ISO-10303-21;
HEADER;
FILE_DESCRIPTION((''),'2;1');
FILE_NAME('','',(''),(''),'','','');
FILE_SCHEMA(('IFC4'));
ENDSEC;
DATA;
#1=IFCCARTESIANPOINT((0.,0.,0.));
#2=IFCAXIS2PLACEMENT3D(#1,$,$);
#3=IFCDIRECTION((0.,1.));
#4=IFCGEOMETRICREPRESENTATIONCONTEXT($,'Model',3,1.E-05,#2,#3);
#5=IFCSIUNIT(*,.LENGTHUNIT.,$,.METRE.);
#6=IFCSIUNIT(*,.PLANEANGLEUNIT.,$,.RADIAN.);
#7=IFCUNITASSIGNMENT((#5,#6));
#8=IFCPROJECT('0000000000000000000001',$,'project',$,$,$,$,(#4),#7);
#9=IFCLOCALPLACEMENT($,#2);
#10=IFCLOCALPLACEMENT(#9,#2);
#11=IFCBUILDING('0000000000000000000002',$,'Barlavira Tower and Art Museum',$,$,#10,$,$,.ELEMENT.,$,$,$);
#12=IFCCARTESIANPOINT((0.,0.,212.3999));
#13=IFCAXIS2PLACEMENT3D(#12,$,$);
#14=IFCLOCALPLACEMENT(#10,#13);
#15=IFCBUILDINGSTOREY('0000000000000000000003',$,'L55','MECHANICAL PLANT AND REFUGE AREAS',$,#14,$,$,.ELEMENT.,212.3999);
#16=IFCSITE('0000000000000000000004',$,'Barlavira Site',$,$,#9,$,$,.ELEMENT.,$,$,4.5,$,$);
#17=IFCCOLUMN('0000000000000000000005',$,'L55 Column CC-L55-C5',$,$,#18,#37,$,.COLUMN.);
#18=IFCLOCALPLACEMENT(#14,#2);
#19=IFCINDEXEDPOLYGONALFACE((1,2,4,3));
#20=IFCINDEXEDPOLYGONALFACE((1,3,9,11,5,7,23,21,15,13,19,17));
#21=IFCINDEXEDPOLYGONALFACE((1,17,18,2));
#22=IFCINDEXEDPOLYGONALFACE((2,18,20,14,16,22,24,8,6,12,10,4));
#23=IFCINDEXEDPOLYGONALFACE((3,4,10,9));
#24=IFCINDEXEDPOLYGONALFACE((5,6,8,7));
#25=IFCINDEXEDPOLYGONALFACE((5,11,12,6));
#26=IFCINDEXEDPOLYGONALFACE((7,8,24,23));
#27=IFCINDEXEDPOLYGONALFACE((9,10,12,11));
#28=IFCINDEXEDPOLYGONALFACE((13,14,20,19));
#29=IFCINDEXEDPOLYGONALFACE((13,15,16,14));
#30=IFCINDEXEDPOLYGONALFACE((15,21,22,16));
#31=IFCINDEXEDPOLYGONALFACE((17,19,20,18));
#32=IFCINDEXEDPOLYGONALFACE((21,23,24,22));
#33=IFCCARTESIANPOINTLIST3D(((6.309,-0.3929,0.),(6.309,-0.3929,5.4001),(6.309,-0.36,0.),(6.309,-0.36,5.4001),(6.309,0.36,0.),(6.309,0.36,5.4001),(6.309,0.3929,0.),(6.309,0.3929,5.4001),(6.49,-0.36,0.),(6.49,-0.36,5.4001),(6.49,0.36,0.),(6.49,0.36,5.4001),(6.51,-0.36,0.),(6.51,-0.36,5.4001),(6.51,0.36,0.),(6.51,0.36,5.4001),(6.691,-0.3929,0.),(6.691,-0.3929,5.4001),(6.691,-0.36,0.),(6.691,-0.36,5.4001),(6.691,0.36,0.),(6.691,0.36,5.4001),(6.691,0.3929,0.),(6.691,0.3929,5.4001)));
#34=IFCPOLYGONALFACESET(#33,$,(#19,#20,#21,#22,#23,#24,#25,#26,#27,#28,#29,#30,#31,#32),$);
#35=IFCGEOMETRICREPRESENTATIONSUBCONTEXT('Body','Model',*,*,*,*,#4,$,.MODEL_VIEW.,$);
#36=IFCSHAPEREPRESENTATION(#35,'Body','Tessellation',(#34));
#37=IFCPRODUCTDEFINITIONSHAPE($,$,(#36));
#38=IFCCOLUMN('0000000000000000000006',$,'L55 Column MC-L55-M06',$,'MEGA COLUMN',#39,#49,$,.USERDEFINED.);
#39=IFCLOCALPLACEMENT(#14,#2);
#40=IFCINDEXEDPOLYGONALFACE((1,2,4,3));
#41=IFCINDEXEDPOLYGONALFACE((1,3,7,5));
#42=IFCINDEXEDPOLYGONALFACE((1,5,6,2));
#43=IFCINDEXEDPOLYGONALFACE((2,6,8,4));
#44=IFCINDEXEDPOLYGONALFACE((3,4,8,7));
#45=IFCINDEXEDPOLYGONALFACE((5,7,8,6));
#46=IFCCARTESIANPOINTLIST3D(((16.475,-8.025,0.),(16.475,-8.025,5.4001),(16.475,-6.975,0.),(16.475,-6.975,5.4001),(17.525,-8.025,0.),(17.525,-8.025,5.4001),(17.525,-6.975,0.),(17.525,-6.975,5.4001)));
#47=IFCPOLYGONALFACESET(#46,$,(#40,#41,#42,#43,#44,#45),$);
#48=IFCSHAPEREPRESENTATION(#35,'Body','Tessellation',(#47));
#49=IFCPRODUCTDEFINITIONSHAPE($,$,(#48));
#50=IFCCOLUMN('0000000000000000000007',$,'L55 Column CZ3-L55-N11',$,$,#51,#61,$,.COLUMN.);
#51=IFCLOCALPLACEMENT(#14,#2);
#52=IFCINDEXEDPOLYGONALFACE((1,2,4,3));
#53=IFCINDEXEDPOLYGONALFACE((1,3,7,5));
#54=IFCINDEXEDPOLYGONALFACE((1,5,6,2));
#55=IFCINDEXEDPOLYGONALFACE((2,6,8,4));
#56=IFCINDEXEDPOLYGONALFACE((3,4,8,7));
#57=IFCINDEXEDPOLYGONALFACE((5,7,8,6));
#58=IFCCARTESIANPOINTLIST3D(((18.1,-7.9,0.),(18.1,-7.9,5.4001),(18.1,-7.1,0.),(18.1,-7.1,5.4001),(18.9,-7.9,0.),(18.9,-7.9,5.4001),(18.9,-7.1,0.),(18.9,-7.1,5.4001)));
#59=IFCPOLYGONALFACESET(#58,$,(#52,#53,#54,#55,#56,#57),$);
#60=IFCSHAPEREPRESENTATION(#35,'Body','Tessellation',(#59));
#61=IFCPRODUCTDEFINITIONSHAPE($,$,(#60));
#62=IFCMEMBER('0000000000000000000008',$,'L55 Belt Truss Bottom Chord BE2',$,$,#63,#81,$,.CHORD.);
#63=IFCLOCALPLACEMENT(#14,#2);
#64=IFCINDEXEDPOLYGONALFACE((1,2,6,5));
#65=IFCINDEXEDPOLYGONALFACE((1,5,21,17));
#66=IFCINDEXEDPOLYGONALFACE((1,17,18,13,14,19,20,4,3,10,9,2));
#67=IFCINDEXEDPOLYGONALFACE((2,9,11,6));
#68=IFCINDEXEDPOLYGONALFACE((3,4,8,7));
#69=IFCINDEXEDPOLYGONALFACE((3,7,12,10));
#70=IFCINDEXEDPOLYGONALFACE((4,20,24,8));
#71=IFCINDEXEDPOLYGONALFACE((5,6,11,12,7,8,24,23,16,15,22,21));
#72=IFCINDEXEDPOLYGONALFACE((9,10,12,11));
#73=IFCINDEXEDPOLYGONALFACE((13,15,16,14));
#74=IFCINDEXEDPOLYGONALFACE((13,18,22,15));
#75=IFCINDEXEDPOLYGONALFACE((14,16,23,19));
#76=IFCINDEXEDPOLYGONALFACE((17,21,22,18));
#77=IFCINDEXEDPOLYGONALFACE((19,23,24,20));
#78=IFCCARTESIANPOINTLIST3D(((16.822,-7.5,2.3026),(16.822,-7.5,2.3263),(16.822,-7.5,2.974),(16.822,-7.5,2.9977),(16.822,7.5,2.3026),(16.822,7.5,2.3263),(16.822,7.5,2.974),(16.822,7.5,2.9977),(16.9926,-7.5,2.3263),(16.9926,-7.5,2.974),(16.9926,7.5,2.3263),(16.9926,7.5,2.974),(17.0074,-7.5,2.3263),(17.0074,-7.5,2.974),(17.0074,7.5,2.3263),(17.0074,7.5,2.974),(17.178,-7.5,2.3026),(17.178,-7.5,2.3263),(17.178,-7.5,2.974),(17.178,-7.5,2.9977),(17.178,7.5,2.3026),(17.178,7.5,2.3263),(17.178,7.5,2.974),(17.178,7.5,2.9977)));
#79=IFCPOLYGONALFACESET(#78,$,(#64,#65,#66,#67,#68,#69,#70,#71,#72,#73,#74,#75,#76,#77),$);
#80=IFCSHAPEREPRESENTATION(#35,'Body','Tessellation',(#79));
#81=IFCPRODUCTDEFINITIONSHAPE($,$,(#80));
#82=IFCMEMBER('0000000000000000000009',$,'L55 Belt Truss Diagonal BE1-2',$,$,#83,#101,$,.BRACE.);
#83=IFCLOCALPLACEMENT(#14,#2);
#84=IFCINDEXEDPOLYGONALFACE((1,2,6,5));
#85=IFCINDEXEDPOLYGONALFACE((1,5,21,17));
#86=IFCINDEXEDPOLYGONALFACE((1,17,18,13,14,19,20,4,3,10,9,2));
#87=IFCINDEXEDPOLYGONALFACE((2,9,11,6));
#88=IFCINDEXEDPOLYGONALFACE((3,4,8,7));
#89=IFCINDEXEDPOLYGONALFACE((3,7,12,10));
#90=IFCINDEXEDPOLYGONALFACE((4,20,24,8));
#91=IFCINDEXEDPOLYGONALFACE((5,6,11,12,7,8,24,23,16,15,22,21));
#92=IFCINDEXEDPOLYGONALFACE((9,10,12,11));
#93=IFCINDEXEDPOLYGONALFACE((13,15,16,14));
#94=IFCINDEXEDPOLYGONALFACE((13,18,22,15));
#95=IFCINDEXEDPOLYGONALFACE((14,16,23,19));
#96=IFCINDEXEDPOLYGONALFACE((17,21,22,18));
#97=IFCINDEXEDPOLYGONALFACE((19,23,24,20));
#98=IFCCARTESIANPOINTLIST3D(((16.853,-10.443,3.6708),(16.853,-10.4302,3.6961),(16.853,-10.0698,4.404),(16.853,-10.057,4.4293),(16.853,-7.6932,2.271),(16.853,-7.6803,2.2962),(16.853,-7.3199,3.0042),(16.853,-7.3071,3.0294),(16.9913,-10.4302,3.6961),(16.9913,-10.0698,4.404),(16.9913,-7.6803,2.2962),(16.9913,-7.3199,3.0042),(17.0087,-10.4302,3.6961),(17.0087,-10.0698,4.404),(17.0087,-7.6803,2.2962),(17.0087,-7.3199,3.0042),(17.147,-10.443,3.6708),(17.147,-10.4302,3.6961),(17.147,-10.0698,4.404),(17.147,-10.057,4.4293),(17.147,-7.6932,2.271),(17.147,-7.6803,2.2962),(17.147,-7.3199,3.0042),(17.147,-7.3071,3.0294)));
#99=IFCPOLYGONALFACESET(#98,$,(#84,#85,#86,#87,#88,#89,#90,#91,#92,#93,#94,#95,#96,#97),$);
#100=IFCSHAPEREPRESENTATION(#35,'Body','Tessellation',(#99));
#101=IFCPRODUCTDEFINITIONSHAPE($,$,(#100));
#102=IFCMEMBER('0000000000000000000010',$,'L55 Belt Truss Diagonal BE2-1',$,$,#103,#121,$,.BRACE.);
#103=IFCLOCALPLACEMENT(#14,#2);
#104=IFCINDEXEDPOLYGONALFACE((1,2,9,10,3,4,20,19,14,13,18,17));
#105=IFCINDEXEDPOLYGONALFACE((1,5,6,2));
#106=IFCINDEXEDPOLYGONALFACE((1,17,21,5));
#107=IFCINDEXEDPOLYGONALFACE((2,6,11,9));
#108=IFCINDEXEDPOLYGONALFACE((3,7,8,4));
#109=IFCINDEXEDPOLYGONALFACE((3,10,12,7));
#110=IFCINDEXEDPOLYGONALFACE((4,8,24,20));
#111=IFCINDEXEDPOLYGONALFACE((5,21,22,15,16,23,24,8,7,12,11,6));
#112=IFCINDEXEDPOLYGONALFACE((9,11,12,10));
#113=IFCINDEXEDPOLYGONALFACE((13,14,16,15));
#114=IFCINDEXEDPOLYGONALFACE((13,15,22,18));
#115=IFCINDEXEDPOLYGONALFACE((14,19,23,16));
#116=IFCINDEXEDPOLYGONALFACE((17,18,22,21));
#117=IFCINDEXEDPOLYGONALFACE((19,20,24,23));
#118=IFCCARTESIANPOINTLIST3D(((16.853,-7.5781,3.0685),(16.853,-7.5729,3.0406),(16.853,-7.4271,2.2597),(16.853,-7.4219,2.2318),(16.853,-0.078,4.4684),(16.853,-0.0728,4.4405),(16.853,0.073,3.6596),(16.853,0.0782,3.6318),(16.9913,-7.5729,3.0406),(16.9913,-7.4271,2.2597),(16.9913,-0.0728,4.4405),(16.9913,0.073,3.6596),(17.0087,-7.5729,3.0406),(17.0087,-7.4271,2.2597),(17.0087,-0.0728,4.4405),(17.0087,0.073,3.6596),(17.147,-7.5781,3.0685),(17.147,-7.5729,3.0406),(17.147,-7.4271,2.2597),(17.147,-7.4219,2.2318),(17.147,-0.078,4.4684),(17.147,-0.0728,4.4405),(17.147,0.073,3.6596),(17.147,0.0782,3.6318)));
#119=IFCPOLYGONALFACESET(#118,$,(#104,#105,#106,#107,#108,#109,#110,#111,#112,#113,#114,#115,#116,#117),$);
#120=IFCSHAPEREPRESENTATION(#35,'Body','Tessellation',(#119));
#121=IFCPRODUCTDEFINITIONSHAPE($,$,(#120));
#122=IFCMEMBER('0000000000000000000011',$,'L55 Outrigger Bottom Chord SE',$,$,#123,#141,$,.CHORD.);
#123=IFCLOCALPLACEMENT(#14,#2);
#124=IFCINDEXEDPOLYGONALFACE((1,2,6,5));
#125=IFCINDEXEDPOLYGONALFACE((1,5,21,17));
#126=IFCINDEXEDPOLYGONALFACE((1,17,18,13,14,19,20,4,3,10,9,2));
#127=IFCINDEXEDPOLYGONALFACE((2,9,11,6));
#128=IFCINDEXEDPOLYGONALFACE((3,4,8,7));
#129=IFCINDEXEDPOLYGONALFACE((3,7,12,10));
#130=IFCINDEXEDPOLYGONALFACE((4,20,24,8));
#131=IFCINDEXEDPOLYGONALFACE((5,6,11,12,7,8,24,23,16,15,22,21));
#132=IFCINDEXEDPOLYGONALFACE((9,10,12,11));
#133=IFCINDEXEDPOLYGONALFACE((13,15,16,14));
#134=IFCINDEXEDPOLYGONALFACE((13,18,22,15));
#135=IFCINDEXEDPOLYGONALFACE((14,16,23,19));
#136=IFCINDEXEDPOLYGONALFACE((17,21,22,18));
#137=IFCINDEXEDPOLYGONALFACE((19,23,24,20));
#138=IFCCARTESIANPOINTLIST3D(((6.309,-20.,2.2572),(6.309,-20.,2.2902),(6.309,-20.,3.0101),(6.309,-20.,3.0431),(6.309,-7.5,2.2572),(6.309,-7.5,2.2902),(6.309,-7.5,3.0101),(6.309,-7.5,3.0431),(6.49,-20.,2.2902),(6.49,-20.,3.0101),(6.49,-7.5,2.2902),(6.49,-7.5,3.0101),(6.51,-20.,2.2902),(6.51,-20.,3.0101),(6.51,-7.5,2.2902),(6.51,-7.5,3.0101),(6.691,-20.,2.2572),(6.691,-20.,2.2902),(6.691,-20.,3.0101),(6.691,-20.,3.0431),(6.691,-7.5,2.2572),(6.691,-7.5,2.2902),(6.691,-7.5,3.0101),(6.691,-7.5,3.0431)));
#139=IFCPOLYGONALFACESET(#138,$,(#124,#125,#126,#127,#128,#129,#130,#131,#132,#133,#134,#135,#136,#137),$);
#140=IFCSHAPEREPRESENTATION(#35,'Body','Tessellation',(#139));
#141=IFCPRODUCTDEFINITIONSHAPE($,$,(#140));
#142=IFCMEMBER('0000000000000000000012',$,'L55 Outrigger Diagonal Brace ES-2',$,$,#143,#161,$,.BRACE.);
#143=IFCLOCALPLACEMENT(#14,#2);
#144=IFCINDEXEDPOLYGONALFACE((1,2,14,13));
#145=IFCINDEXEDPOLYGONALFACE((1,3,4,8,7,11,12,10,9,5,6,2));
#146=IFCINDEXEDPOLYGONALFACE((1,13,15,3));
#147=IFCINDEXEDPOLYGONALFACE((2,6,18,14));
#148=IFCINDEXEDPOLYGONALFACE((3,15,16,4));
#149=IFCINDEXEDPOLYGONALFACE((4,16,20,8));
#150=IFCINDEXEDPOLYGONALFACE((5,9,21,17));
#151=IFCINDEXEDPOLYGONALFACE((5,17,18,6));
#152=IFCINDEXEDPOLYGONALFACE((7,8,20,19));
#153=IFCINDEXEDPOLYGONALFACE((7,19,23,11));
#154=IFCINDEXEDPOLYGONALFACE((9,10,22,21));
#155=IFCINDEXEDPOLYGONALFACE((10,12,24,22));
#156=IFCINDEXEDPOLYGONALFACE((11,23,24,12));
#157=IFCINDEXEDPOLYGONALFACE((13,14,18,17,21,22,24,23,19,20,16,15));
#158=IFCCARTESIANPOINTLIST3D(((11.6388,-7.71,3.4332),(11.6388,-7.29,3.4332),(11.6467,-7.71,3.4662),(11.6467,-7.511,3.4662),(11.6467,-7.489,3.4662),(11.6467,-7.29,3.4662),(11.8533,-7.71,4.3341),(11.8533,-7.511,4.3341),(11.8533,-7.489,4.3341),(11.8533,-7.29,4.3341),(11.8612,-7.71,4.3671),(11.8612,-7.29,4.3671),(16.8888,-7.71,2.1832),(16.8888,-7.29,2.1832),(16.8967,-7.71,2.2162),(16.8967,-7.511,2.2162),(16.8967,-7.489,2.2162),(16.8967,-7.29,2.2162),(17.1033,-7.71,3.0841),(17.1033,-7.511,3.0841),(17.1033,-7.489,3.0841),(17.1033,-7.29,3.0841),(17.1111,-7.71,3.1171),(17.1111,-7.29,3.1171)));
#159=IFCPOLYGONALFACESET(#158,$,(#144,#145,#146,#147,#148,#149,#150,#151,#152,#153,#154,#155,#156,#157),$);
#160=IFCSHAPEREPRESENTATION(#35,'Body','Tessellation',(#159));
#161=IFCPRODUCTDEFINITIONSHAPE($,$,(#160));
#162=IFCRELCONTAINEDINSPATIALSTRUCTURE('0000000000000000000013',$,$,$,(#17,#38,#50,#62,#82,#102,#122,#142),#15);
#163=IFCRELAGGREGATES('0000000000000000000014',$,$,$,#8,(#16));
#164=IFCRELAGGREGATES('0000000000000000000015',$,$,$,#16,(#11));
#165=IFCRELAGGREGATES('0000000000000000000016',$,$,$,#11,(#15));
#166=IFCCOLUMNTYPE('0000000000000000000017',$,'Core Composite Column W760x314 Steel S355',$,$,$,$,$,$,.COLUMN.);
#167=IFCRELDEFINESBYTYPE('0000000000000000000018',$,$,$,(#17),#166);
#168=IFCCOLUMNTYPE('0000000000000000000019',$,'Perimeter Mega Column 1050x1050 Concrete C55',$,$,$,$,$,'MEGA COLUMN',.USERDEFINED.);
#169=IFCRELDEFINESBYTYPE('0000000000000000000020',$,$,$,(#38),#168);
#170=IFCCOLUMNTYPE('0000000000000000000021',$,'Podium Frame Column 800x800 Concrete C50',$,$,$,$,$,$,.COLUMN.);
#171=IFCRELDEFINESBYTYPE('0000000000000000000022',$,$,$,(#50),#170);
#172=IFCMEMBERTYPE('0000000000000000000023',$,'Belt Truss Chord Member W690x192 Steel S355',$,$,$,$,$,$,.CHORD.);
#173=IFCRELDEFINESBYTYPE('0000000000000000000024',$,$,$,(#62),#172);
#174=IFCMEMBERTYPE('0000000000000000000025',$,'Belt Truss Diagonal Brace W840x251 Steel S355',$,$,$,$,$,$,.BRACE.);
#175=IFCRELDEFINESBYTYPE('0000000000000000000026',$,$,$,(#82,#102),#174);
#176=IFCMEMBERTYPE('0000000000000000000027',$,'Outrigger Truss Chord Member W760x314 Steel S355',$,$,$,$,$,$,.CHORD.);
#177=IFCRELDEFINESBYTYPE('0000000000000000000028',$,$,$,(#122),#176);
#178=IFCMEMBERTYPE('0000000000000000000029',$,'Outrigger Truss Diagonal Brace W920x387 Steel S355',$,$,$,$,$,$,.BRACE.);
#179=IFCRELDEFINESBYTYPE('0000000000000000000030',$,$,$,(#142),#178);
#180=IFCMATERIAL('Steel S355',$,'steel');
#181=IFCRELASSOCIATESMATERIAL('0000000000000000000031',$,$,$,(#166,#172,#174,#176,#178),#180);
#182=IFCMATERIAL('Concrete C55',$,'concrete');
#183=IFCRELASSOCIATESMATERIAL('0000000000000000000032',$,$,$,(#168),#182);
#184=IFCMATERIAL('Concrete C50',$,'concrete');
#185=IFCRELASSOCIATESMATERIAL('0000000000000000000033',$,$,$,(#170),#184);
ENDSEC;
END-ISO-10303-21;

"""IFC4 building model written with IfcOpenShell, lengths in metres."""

from ifc_helpers import new_model, si_unit, direction, frame, origin, origin_2d, place, context, subcontext, project, spatial, rectangle, i_section, extrude, material, material_profile, profile_set, type_object, element, save


model = new_model("IFC4")

# Units and contexts
model_context = context("Model", 3, precision=1e-05, world=origin(), true_north=direction((0.0, 1.0)))
body_context = subcontext(model_context, "Body", "Model", "MODEL_VIEW")
ifc_project = project(units=[si_unit("LENGTHUNIT", "METRE"), si_unit("PLANEANGLEUNIT", "RADIAN")], contexts=[model_context])

# Site, building, storey
site_placement = place(None, origin())
site = spatial("IfcSite", under=ifc_project, at=site_placement, Name="Barlavira Site", CompositionType="ELEMENT", RefElevation=4.5)
building_placement = place(site_placement, origin())
building = spatial("IfcBuilding", under=site, at=building_placement, Name="Barlavira Tower and Art Museum", CompositionType="ELEMENT")
storey_placement = place(building_placement, frame((0.0, 0.0, 212.3999)))
storey = spatial("IfcBuildingStorey", under=building, at=storey_placement, Name="L55", Description="MECHANICAL PLANT AND REFUGE AREAS", CompositionType="ELEMENT", Elevation=212.3999)

# Columns
ifc_material_1 = material(Name="Steel S355", Category="steel")
ifc_material_profile_1 = material_profile(ifc_material_1, i_section(OverallWidth=0.3821, OverallDepth=0.7859, WebThickness=0.02, FlangeThickness=0.033, at=origin_2d()), Name="W760x314.0")
ifc_profile_set_1 = profile_set([ifc_material_profile_1], Name="Steel S355")
column_type_1 = type_object("IfcColumnType", Name="Core Composite Column W760x314 Steel S355", PredefinedType="COLUMN", material=ifc_profile_set_1)
column_1_placement = place(storey_placement, frame((6.5, 0.0, 0.0), z_axis=(0.0, 0.0, 1.0), x_axis=(1.0, 0.0, 0.0)))
element("IfcColumn", 1, at=column_1_placement, inside=storey, type_object=column_type_1, Name="L55 Column CC-L55-C5", PredefinedType="COLUMN", context=body_context, shape_type="SweptSolid", body=[
    extrude(i_section(OverallWidth=0.3821, OverallDepth=0.7859, WebThickness=0.02, FlangeThickness=0.033, at=origin_2d()), origin(), (0.0, 0.0, 1.0), 5.4001),
])
ifc_material_2 = material(Name="Concrete C55", Category="concrete")
ifc_material_profile_2 = material_profile(ifc_material_2, rectangle(XDim=1.05, YDim=1.05, at=origin_2d()), Name="RC-COL 1050x1050")
ifc_profile_set_2 = profile_set([ifc_material_profile_2], Name="Concrete C55")
column_type_2 = type_object("IfcColumnType", Name="Perimeter Mega Column 1050x1050 Concrete C55", ElementType="MEGA COLUMN", PredefinedType="USERDEFINED", material=ifc_profile_set_2)
column_2_placement = place(storey_placement, frame((17.0, -7.5, 0.0), z_axis=(0.0, 0.0, 1.0), x_axis=(1.0, 0.0, 0.0)))
element("IfcColumn", 2, at=column_2_placement, inside=storey, type_object=column_type_2, Name="L55 Column MC-L55-M06", ObjectType="MEGA COLUMN", PredefinedType="USERDEFINED", context=body_context, shape_type="SweptSolid", body=[
    extrude(rectangle(XDim=1.05, YDim=1.05, at=origin_2d()), origin(), (0.0, 0.0, 1.0), 5.4001),
])
ifc_material_3 = material(Name="Concrete C50", Category="concrete")
ifc_material_profile_3 = material_profile(ifc_material_3, rectangle(XDim=0.8, YDim=0.8, at=origin_2d()), Name="RC-COL 800x800")
ifc_profile_set_3 = profile_set([ifc_material_profile_3], Name="Concrete C50")
column_type_3 = type_object("IfcColumnType", Name="Podium Frame Column 800x800 Concrete C50", PredefinedType="COLUMN", material=ifc_profile_set_3)
column_3_placement = place(storey_placement, frame((18.5, -7.5, 0.0), z_axis=(0.0, 0.0, 1.0), x_axis=(1.0, 0.0, 0.0)))
element("IfcColumn", 3, at=column_3_placement, inside=storey, type_object=column_type_3, Name="L55 Column CZ3-L55-N11", PredefinedType="COLUMN", context=body_context, shape_type="SweptSolid", body=[
    extrude(rectangle(XDim=0.8, YDim=0.8, at=origin_2d()), origin(), (0.0, 0.0, 1.0), 5.4001),
])

# Members
ifc_material_profile_4 = material_profile(ifc_material_1, i_section(OverallWidth=0.356, OverallDepth=0.6951, WebThickness=0.0149, FlangeThickness=0.0237, at=origin_2d()), Name="W690x192.0")
ifc_profile_set_4 = profile_set([ifc_material_profile_4], Name="Steel S355")
member_type_1 = type_object("IfcMemberType", Name="Belt Truss Chord Member W690x192 Steel S355", PredefinedType="CHORD", material=ifc_profile_set_4)
member_1_placement = place(storey_placement, frame((17.0, -7.5, 2.6501), z_axis=(0.0, 1.0, 0.0), x_axis=(-1.0, 0.0, 0.0)))
element("IfcMember", 4, at=member_1_placement, inside=storey, type_object=member_type_1, Name="L55 Belt Truss Bottom Chord BE2", PredefinedType="CHORD", context=body_context, shape_type="SweptSolid", body=[
    extrude(i_section(OverallWidth=0.356, OverallDepth=0.6951, WebThickness=0.0149, FlangeThickness=0.0237, at=origin_2d()), origin(), (0.0, 0.0, 1.0), 15.0),
])
ifc_material_profile_5 = material_profile(ifc_material_1, i_section(OverallWidth=0.2939, OverallDepth=0.8511, WebThickness=0.0173, FlangeThickness=0.0283, at=origin_2d()), Name="W840x251.0")
ifc_profile_set_5 = profile_set([ifc_material_profile_5], Name="Steel S355")
member_type_2 = type_object("IfcMemberType", Name="Belt Truss Diagonal Brace W840x251 Steel S355", PredefinedType="BRACE", material=ifc_profile_set_5)
member_2_placement = place(storey_placement, frame((17.0, -10.25, 4.05), z_axis=(0.0, 0.891176, -0.453658), x_axis=(-1.0, 0.0, 0.0)))
element("IfcMember", 5, at=member_2_placement, inside=storey, type_object=member_type_2, Name="L55 Belt Truss Diagonal BE1-2", PredefinedType="BRACE", context=body_context, shape_type="SweptSolid", body=[
    extrude(i_section(OverallWidth=0.2939, OverallDepth=0.8511, WebThickness=0.0173, FlangeThickness=0.0283, at=origin_2d()), origin(), (0.0, 0.0, 1.0), 3.0857),
])
member_3_placement = place(storey_placement, frame((17.0, -7.5, 2.6501), z_axis=(0.0, 0.983023, 0.183485), x_axis=(-1.0, 0.0, 0.0)))
element("IfcMember", 6, at=member_3_placement, inside=storey, type_object=member_type_2, Name="L55 Belt Truss Diagonal BE2-1", PredefinedType="BRACE", context=body_context, shape_type="SweptSolid", body=[
    extrude(i_section(OverallWidth=0.2939, OverallDepth=0.8511, WebThickness=0.0173, FlangeThickness=0.0283, at=origin_2d()), origin(), (0.0, 0.0, 1.0), 7.6296),
])
ifc_material_profile_6 = material_profile(ifc_material_1, i_section(OverallWidth=0.3821, OverallDepth=0.7859, WebThickness=0.02, FlangeThickness=0.033, at=origin_2d()), Name="W760x314.0")
ifc_profile_set_6 = profile_set([ifc_material_profile_6], Name="Steel S355")
member_type_3 = type_object("IfcMemberType", Name="Outrigger Truss Chord Member W760x314 Steel S355", PredefinedType="CHORD", material=ifc_profile_set_6)
member_4_placement = place(storey_placement, frame((6.5, -7.5, 2.6501), z_axis=(0.0, -1.0, 0.0), x_axis=(1.0, 0.0, 0.0)))
element("IfcMember", 7, at=member_4_placement, inside=storey, type_object=member_type_3, Name="L55 Outrigger Bottom Chord SE", PredefinedType="CHORD", context=body_context, shape_type="SweptSolid", body=[
    extrude(i_section(OverallWidth=0.3821, OverallDepth=0.7859, WebThickness=0.02, FlangeThickness=0.033, at=origin_2d()), origin(), (0.0, 0.0, 1.0), 12.5),
])
ifc_material_profile_7 = material_profile(ifc_material_1, i_section(OverallWidth=0.4199, OverallDepth=0.96, WebThickness=0.022, FlangeThickness=0.0339, at=origin_2d()), Name="W920x387.0")
ifc_profile_set_7 = profile_set([ifc_material_profile_7], Name="Steel S355")
member_type_4 = type_object("IfcMemberType", Name="Outrigger Truss Diagonal Brace W920x387 Steel S355", PredefinedType="BRACE", material=ifc_profile_set_7)
member_5_placement = place(storey_placement, frame((11.75, -7.5, 3.9001), z_axis=(0.972806, 0.0, -0.231621), x_axis=(0.0, 1.0, 0.0)))
element("IfcMember", 8, at=member_5_placement, inside=storey, type_object=member_type_4, Name="L55 Outrigger Diagonal Brace ES-2", PredefinedType="BRACE", context=body_context, shape_type="SweptSolid", body=[
    extrude(i_section(OverallWidth=0.4199, OverallDepth=0.96, WebThickness=0.022, FlangeThickness=0.0339, at=origin_2d()), origin(), (0.0, 0.0, 1.0), 5.3967),
])

save(model, "model.ifc")
